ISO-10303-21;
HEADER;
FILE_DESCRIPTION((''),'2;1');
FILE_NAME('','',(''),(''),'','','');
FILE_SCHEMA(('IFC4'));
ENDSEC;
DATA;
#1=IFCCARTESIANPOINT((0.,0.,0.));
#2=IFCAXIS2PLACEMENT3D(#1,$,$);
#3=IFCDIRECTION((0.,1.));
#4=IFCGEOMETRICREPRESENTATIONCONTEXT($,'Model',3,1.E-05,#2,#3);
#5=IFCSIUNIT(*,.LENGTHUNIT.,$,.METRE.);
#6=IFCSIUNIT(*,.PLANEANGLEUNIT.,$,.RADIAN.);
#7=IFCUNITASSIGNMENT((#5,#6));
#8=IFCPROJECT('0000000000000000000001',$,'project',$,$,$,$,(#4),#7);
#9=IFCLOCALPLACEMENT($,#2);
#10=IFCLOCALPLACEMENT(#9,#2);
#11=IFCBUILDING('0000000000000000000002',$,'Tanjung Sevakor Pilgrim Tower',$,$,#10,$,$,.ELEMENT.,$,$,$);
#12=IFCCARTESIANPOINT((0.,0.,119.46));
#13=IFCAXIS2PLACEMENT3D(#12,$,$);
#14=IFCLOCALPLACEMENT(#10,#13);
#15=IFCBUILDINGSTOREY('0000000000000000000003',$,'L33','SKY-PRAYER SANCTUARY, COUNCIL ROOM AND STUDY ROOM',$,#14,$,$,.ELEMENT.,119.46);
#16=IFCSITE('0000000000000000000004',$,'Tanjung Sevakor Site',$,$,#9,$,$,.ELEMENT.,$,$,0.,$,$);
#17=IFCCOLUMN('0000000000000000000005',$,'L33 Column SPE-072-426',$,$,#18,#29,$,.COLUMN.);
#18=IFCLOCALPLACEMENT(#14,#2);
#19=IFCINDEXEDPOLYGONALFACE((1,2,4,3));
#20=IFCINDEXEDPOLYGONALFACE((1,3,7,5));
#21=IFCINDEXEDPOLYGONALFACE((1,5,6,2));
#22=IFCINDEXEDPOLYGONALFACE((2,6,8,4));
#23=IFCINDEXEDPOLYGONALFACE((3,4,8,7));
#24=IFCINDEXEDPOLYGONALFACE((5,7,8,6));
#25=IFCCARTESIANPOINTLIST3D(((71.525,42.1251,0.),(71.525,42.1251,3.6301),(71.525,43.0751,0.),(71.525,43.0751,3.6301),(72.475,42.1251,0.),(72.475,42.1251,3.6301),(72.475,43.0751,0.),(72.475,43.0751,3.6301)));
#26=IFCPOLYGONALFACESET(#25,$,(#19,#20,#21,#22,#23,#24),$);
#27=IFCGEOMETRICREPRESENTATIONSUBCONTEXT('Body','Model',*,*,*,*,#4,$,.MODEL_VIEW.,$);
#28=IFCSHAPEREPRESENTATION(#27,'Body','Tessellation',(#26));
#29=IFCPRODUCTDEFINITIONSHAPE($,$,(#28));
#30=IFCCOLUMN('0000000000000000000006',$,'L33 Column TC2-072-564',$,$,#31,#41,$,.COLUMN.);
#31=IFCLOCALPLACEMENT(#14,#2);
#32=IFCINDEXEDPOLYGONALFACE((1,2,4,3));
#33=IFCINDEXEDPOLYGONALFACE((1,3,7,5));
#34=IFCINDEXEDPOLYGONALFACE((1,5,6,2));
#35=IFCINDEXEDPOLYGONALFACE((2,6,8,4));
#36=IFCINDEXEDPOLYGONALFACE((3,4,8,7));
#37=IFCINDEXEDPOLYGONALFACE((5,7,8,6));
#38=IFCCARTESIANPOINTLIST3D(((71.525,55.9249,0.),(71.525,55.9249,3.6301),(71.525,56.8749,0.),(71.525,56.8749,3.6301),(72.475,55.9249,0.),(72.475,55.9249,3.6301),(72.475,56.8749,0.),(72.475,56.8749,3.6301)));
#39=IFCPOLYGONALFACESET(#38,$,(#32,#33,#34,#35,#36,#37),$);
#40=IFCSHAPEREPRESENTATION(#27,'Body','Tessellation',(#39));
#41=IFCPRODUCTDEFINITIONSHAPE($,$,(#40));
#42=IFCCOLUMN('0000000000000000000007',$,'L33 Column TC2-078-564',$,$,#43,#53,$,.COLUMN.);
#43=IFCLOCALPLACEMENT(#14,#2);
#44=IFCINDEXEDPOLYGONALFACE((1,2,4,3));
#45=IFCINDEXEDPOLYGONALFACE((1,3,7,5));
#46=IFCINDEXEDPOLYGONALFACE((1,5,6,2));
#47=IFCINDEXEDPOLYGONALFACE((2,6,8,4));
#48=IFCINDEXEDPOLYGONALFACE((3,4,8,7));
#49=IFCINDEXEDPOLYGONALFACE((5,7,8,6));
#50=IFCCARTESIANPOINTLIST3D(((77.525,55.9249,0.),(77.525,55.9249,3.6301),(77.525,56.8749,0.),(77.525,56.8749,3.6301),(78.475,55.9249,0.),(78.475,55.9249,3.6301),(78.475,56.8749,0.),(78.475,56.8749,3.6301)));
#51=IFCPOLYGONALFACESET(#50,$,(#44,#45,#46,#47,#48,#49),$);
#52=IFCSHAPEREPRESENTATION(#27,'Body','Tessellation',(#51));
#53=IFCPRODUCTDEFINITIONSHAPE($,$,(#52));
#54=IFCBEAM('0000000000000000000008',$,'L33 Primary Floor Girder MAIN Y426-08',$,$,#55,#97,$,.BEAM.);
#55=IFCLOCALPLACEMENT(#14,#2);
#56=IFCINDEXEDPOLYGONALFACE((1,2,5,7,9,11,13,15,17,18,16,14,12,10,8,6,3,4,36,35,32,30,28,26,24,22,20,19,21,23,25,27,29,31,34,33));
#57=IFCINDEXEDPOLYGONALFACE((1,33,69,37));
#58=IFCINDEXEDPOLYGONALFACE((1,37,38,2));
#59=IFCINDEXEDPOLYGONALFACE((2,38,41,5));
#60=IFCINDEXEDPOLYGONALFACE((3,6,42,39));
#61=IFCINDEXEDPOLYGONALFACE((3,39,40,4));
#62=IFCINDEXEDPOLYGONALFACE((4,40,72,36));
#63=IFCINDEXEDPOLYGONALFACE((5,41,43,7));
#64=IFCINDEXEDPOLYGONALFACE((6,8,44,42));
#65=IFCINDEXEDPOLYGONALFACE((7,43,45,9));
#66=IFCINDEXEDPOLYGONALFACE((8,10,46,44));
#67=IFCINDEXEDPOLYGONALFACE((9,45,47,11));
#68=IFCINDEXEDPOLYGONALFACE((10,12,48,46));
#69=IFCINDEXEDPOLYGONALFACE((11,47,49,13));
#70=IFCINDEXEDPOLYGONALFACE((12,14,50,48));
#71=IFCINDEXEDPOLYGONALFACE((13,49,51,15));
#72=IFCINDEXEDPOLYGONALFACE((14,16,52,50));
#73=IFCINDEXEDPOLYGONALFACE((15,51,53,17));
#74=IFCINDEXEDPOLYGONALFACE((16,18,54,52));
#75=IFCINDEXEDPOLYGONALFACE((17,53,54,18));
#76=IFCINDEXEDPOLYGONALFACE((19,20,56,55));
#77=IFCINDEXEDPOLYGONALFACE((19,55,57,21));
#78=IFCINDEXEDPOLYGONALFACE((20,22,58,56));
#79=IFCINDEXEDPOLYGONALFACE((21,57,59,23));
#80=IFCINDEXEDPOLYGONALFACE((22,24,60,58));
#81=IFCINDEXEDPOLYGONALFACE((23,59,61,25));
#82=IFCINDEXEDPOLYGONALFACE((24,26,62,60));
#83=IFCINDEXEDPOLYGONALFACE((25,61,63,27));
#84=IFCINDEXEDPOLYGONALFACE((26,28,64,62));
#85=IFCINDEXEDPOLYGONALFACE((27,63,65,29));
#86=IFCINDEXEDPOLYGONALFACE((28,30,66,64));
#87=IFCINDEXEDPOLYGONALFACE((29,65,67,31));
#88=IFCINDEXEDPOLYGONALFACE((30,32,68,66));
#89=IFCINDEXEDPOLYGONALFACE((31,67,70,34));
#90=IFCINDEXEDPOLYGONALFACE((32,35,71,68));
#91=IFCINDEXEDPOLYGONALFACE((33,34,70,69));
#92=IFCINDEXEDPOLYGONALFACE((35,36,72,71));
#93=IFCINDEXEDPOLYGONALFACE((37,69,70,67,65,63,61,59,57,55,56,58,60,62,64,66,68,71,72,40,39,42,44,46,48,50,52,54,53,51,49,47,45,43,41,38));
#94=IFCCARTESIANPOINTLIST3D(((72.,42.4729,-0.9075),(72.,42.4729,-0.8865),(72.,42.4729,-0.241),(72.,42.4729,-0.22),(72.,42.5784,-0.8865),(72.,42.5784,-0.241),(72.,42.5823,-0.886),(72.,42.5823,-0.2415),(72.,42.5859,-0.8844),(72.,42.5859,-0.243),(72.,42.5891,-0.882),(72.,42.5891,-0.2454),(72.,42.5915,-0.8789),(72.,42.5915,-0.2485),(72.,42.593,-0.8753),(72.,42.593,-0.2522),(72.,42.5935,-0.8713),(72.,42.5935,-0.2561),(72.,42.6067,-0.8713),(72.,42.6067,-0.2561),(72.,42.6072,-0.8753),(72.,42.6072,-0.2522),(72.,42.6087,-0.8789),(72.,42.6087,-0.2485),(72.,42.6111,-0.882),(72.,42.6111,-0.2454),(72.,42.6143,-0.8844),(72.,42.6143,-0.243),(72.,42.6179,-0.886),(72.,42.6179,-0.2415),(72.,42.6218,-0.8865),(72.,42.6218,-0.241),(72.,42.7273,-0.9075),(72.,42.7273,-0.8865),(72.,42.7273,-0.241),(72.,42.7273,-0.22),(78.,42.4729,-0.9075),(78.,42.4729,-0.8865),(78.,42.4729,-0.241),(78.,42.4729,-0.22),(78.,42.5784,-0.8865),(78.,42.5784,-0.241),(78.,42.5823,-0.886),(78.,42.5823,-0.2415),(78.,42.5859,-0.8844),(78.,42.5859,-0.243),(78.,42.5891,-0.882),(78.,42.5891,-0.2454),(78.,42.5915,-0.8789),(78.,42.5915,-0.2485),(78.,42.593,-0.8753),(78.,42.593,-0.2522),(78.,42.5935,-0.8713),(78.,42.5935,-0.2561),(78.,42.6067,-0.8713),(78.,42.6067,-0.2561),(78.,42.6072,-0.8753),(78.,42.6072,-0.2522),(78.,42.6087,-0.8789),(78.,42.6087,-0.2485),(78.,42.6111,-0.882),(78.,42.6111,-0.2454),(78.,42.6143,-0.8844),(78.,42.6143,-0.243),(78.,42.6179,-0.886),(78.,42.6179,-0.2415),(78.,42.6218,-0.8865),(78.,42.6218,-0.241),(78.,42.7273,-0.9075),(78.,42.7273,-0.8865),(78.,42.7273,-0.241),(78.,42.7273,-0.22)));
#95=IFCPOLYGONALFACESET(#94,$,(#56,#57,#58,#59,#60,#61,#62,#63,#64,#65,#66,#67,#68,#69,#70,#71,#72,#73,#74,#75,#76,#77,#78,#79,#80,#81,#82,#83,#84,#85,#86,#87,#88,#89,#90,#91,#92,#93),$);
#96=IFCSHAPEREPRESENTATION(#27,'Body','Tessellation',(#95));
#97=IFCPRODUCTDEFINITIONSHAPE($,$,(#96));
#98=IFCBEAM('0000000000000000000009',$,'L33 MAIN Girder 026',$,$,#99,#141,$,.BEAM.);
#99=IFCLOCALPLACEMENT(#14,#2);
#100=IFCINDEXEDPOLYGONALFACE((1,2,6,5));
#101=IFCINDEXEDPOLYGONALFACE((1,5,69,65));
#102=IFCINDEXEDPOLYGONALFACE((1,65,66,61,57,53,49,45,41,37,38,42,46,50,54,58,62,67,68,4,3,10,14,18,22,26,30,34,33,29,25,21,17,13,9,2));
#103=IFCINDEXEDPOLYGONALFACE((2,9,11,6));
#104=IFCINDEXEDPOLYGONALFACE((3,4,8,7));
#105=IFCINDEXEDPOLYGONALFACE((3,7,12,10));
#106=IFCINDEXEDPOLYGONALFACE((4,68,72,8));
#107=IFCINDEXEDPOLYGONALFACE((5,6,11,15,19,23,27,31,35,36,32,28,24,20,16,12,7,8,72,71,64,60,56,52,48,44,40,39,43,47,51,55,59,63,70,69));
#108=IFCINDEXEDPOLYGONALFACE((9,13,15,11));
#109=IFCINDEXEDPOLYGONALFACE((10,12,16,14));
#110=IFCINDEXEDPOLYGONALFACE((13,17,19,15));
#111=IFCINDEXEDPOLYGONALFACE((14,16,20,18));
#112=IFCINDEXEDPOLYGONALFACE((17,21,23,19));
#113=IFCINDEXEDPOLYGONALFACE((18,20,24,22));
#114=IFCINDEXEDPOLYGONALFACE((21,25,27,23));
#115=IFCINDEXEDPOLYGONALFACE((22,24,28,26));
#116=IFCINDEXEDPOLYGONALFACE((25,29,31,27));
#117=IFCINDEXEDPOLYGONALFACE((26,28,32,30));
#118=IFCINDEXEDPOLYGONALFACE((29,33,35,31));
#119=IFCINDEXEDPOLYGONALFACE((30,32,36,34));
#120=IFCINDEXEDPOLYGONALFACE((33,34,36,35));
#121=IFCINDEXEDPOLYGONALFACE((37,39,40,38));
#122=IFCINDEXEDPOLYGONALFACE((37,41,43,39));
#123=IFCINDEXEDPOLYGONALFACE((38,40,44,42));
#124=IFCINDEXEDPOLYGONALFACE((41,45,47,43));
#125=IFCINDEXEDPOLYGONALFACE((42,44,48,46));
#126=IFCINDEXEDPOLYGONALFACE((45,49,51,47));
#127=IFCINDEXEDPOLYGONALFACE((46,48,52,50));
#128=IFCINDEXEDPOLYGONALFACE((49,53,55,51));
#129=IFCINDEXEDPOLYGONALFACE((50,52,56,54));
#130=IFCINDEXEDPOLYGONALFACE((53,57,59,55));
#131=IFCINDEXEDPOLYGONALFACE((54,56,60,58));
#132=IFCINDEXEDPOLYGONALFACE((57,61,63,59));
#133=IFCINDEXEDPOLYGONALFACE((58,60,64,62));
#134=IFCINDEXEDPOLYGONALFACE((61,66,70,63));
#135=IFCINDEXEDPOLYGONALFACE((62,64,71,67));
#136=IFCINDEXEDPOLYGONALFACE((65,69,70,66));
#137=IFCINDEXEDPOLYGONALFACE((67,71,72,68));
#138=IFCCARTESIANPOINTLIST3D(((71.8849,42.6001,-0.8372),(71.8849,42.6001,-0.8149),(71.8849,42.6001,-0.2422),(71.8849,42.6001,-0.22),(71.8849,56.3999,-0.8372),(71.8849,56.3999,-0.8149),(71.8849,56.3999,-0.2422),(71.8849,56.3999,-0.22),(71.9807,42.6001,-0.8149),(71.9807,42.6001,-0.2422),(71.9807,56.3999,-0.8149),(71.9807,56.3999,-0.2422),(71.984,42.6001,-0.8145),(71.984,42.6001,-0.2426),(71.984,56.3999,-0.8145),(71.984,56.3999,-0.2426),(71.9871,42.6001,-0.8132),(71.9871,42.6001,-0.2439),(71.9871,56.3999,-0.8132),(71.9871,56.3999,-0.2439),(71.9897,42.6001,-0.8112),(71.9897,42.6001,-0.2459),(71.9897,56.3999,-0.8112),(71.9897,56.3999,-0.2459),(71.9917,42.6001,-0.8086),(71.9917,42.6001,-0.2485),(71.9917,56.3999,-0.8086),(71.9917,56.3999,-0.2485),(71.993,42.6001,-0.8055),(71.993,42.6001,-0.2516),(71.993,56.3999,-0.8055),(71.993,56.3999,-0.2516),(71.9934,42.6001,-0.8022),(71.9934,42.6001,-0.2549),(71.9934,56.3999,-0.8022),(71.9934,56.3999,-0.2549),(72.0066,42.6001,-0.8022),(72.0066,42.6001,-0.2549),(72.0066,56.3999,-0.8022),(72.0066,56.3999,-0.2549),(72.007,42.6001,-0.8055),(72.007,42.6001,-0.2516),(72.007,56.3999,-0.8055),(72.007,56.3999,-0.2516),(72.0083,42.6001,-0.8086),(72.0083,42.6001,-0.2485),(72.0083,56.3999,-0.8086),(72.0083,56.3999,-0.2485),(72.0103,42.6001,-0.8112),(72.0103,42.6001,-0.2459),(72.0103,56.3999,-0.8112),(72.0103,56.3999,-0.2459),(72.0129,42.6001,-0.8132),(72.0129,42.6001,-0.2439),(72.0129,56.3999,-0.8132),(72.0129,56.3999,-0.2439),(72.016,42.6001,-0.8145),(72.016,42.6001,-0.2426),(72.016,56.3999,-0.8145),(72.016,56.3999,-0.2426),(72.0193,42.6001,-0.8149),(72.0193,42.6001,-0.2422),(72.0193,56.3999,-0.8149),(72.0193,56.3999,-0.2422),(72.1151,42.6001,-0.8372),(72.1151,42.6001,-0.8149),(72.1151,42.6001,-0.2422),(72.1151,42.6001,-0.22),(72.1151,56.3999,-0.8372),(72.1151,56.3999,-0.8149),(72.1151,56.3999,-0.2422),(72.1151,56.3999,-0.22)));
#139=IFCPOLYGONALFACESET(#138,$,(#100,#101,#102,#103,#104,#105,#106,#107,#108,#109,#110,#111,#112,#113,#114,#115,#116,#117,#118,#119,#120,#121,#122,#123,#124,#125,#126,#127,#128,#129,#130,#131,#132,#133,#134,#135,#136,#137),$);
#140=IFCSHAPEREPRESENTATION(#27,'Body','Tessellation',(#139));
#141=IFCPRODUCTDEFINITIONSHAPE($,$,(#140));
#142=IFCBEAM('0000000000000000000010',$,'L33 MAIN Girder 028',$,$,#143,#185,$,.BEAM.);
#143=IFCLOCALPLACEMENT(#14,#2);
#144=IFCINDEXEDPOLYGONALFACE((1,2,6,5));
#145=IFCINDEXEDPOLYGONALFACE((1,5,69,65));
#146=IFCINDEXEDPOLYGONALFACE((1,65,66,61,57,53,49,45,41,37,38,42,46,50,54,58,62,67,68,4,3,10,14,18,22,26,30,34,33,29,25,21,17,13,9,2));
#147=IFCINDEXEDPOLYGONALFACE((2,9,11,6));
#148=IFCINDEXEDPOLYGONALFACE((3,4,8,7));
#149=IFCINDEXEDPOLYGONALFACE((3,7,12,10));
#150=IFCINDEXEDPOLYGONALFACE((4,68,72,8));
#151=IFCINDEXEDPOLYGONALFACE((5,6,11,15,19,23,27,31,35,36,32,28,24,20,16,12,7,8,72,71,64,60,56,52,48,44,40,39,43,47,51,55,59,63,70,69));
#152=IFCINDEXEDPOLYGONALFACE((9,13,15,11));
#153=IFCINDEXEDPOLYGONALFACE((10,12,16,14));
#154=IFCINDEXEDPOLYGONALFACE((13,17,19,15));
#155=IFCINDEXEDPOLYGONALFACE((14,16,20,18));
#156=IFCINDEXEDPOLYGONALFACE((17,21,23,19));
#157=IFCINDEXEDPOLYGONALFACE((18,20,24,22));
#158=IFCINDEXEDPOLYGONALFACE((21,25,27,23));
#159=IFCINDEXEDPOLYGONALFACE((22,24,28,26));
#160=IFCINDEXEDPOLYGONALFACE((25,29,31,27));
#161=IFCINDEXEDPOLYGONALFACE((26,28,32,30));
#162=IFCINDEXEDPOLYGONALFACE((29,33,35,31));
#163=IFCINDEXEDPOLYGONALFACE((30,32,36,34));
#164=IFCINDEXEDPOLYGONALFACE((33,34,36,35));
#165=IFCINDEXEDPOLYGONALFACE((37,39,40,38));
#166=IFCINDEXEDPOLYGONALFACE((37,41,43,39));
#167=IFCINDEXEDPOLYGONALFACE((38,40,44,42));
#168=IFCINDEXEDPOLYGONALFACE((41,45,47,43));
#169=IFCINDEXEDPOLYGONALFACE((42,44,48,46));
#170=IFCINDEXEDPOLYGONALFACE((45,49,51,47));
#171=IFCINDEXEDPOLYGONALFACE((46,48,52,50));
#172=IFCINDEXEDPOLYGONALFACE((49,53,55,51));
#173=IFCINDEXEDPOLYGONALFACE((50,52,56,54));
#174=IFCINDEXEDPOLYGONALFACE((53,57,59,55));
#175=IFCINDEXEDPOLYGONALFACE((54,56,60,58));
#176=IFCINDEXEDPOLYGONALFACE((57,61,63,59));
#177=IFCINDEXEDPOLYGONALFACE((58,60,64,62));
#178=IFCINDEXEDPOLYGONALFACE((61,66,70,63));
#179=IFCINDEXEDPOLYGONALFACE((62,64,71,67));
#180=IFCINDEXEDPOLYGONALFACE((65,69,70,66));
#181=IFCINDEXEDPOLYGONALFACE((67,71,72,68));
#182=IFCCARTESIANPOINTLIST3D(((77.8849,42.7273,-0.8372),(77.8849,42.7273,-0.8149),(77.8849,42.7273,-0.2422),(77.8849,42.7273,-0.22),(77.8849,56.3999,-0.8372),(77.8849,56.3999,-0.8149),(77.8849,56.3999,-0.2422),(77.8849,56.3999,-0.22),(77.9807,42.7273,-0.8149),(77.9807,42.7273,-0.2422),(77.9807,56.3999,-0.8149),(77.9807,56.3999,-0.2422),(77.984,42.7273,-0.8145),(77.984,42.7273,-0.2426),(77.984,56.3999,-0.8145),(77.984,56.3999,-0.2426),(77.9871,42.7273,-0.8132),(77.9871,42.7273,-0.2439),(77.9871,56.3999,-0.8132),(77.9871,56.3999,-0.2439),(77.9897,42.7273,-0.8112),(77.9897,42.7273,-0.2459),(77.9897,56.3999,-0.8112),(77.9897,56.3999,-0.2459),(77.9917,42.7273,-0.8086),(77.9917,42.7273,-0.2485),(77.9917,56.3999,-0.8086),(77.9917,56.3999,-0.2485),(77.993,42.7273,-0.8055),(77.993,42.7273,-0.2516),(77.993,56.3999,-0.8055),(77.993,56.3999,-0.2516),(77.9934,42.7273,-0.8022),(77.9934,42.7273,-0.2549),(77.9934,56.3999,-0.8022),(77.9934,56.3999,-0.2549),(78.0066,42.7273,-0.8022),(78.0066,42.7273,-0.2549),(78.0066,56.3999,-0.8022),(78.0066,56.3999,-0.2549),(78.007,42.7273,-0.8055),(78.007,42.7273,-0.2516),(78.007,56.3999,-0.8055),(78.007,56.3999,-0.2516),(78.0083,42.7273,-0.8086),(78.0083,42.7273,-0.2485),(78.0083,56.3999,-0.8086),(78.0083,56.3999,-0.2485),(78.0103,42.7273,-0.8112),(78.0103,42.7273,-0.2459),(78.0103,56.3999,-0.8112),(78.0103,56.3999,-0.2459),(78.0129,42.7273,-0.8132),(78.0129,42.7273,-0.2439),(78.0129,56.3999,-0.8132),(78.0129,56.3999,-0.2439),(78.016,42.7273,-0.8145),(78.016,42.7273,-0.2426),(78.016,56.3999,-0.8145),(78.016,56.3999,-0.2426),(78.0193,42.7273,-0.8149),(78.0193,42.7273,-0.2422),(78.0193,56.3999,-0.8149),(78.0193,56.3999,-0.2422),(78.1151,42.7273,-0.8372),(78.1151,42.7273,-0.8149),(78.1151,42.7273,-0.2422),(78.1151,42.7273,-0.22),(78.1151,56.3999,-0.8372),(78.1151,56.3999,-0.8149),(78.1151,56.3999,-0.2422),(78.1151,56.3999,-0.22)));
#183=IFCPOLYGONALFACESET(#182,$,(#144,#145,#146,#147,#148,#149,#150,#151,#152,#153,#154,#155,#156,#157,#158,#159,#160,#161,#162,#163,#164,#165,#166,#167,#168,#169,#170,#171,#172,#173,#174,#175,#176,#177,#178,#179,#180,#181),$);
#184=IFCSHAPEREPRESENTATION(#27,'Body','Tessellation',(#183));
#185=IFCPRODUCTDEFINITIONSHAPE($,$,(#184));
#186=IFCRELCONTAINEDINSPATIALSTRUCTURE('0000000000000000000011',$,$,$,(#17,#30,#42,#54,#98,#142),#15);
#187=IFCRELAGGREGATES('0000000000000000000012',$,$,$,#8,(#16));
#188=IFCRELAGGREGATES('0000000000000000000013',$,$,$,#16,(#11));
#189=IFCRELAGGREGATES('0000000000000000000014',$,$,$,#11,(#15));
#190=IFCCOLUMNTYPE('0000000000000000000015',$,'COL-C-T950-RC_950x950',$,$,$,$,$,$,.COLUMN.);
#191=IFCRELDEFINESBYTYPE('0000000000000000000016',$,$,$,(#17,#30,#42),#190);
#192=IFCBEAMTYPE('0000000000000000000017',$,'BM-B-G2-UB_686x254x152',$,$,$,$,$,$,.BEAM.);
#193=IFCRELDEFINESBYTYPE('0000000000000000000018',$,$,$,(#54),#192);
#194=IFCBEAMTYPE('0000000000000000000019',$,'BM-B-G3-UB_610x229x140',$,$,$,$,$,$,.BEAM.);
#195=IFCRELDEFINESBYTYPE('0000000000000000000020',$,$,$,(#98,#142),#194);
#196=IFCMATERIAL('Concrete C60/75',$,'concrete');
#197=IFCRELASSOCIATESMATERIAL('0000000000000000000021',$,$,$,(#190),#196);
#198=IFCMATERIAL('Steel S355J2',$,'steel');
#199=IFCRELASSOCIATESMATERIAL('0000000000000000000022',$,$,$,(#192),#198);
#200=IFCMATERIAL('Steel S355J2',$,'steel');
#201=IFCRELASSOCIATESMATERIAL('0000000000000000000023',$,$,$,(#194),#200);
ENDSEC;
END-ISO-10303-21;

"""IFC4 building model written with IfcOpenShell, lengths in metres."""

from ifc_helpers import new_model, si_unit, direction, frame, origin, origin_2d, place, context, subcontext, project, spatial, rectangle, i_section, extrude, material, material_profile, profile_set, type_object, element, save


model = new_model("IFC4")

# Units and contexts
model_context = context("Model", 3, precision=1e-05, world=origin(), true_north=direction((0.0, 1.0)))
body_context = subcontext(model_context, "Body", "Model", "MODEL_VIEW")
ifc_project = project(units=[si_unit("LENGTHUNIT", "METRE"), si_unit("PLANEANGLEUNIT", "RADIAN")], contexts=[model_context])

# Site, building, storey
site_placement = place(None, origin())
site = spatial("IfcSite", under=ifc_project, at=site_placement, Name="Tanjung Sevakor Site", CompositionType="ELEMENT", RefElevation=0.0)
building_placement = place(site_placement, origin())
building = spatial("IfcBuilding", under=site, at=building_placement, Name="Tanjung Sevakor Pilgrim Tower", CompositionType="ELEMENT")
storey_placement = place(building_placement, frame((0.0, 0.0, 119.46)))
storey = spatial("IfcBuildingStorey", under=building, at=storey_placement, Name="L33", Description="SKY-PRAYER SANCTUARY, COUNCIL ROOM AND STUDY ROOM", CompositionType="ELEMENT", Elevation=119.46)

# Columns
ifc_material_1 = material(Name="Concrete C60/75", Category="concrete")
ifc_material_profile_1 = material_profile(ifc_material_1, rectangle(XDim=0.95, YDim=0.95, at=origin_2d()))
ifc_profile_set_1 = profile_set([ifc_material_profile_1], Name="Concrete C60/75")
column_type = type_object("IfcColumnType", Name="COL-C-T950-RC_950x950", PredefinedType="COLUMN", material=ifc_profile_set_1)
for number, where, z_axis, x_axis, name in (
    (1, (72.0, 42.6001, 0.0), (0.0, 0.0, 1.0), (1.0, 0.0, 0.0), "L33 Column SPE-072-426"),
    (2, (72.0, 56.3999, 0.0), (0.0, 0.0, 1.0), (1.0, 0.0, 0.0), "L33 Column TC2-072-564"),
    (3, (78.0, 56.3999, 0.0), (0.0, 0.0, 1.0), (1.0, 0.0, 0.0), "L33 Column TC2-078-564"),
):
    element("IfcColumn", number, at=place(storey_placement, frame(where, z_axis=z_axis, x_axis=x_axis)), inside=storey, type_object=column_type, Name=name, PredefinedType="COLUMN", context=body_context, shape_type="SweptSolid", body=[
        extrude(rectangle(XDim=0.95, YDim=0.95, at=origin_2d()), origin(), (0.0, 0.0, 1.0), 3.6301),
    ])

# Beams
ifc_material_2 = material(Name="Steel S355J2", Category="steel")
ifc_material_profile_2 = material_profile(ifc_material_2, i_section(OverallWidth=0.2544, OverallDepth=0.6875, WebThickness=0.0132, FlangeThickness=0.021, FilletRadius=0.0151, at=origin_2d()))
ifc_profile_set_2 = profile_set([ifc_material_profile_2], Name="Steel S355J2")
beam_type_1 = type_object("IfcBeamType", Name="BM-B-G2-UB_686x254x152", PredefinedType="BEAM", material=ifc_profile_set_2)
beam_1_placement = place(storey_placement, frame((72.0, 42.6001, -0.5637), z_axis=(1.0, 0.0, 0.0), x_axis=(0.0, 1.0, 0.0)))
element("IfcBeam", 4, at=beam_1_placement, inside=storey, type_object=beam_type_1, Name="L33 Primary Floor Girder MAIN Y426-08", PredefinedType="BEAM", context=body_context, shape_type="SweptSolid", body=[
    extrude(i_section(OverallWidth=0.2544, OverallDepth=0.6875, WebThickness=0.0132, FlangeThickness=0.021, FilletRadius=0.0151, at=origin_2d()), origin(), (0.0, 0.0, 1.0), 6.0),
])
ifc_material_3 = material(Name="Steel S355J2", Category="steel")
ifc_material_profile_3 = material_profile(ifc_material_3, i_section(OverallWidth=0.2302, OverallDepth=0.6172, WebThickness=0.0132, FlangeThickness=0.0222, FilletRadius=0.0127, at=origin_2d()))
ifc_profile_set_3 = profile_set([ifc_material_profile_3], Name="Steel S355J2")
beam_type_2 = type_object("IfcBeamType", Name="BM-B-G3-UB_610x229x140", PredefinedType="BEAM", material=ifc_profile_set_3)
beam_2_placement = place(storey_placement, frame((72.0, 42.6001, -0.5286), z_axis=(0.0, 1.0, 0.0), x_axis=(-1.0, 0.0, 0.0)))
element("IfcBeam", 5, at=beam_2_placement, inside=storey, type_object=beam_type_2, Name="L33 MAIN Girder 026", PredefinedType="BEAM", context=body_context, shape_type="SweptSolid", body=[
    extrude(i_section(OverallWidth=0.2302, OverallDepth=0.6172, WebThickness=0.0132, FlangeThickness=0.0222, FilletRadius=0.0127, at=origin_2d()), origin(), (0.0, 0.0, 1.0), 13.7998),
])
beam_3_placement = place(storey_placement, frame((78.0, 42.7273, -0.5286), z_axis=(0.0, 1.0, 0.0), x_axis=(-1.0, 0.0, 0.0)))
element("IfcBeam", 6, at=beam_3_placement, inside=storey, type_object=beam_type_2, Name="L33 MAIN Girder 028", PredefinedType="BEAM", context=body_context, shape_type="SweptSolid", body=[
    extrude(i_section(OverallWidth=0.2302, OverallDepth=0.6172, WebThickness=0.0132, FlangeThickness=0.0222, FilletRadius=0.0127, at=origin_2d()), origin(), (0.0, 0.0, 1.0), 13.6726),
])

save(model, "model.ifc")
